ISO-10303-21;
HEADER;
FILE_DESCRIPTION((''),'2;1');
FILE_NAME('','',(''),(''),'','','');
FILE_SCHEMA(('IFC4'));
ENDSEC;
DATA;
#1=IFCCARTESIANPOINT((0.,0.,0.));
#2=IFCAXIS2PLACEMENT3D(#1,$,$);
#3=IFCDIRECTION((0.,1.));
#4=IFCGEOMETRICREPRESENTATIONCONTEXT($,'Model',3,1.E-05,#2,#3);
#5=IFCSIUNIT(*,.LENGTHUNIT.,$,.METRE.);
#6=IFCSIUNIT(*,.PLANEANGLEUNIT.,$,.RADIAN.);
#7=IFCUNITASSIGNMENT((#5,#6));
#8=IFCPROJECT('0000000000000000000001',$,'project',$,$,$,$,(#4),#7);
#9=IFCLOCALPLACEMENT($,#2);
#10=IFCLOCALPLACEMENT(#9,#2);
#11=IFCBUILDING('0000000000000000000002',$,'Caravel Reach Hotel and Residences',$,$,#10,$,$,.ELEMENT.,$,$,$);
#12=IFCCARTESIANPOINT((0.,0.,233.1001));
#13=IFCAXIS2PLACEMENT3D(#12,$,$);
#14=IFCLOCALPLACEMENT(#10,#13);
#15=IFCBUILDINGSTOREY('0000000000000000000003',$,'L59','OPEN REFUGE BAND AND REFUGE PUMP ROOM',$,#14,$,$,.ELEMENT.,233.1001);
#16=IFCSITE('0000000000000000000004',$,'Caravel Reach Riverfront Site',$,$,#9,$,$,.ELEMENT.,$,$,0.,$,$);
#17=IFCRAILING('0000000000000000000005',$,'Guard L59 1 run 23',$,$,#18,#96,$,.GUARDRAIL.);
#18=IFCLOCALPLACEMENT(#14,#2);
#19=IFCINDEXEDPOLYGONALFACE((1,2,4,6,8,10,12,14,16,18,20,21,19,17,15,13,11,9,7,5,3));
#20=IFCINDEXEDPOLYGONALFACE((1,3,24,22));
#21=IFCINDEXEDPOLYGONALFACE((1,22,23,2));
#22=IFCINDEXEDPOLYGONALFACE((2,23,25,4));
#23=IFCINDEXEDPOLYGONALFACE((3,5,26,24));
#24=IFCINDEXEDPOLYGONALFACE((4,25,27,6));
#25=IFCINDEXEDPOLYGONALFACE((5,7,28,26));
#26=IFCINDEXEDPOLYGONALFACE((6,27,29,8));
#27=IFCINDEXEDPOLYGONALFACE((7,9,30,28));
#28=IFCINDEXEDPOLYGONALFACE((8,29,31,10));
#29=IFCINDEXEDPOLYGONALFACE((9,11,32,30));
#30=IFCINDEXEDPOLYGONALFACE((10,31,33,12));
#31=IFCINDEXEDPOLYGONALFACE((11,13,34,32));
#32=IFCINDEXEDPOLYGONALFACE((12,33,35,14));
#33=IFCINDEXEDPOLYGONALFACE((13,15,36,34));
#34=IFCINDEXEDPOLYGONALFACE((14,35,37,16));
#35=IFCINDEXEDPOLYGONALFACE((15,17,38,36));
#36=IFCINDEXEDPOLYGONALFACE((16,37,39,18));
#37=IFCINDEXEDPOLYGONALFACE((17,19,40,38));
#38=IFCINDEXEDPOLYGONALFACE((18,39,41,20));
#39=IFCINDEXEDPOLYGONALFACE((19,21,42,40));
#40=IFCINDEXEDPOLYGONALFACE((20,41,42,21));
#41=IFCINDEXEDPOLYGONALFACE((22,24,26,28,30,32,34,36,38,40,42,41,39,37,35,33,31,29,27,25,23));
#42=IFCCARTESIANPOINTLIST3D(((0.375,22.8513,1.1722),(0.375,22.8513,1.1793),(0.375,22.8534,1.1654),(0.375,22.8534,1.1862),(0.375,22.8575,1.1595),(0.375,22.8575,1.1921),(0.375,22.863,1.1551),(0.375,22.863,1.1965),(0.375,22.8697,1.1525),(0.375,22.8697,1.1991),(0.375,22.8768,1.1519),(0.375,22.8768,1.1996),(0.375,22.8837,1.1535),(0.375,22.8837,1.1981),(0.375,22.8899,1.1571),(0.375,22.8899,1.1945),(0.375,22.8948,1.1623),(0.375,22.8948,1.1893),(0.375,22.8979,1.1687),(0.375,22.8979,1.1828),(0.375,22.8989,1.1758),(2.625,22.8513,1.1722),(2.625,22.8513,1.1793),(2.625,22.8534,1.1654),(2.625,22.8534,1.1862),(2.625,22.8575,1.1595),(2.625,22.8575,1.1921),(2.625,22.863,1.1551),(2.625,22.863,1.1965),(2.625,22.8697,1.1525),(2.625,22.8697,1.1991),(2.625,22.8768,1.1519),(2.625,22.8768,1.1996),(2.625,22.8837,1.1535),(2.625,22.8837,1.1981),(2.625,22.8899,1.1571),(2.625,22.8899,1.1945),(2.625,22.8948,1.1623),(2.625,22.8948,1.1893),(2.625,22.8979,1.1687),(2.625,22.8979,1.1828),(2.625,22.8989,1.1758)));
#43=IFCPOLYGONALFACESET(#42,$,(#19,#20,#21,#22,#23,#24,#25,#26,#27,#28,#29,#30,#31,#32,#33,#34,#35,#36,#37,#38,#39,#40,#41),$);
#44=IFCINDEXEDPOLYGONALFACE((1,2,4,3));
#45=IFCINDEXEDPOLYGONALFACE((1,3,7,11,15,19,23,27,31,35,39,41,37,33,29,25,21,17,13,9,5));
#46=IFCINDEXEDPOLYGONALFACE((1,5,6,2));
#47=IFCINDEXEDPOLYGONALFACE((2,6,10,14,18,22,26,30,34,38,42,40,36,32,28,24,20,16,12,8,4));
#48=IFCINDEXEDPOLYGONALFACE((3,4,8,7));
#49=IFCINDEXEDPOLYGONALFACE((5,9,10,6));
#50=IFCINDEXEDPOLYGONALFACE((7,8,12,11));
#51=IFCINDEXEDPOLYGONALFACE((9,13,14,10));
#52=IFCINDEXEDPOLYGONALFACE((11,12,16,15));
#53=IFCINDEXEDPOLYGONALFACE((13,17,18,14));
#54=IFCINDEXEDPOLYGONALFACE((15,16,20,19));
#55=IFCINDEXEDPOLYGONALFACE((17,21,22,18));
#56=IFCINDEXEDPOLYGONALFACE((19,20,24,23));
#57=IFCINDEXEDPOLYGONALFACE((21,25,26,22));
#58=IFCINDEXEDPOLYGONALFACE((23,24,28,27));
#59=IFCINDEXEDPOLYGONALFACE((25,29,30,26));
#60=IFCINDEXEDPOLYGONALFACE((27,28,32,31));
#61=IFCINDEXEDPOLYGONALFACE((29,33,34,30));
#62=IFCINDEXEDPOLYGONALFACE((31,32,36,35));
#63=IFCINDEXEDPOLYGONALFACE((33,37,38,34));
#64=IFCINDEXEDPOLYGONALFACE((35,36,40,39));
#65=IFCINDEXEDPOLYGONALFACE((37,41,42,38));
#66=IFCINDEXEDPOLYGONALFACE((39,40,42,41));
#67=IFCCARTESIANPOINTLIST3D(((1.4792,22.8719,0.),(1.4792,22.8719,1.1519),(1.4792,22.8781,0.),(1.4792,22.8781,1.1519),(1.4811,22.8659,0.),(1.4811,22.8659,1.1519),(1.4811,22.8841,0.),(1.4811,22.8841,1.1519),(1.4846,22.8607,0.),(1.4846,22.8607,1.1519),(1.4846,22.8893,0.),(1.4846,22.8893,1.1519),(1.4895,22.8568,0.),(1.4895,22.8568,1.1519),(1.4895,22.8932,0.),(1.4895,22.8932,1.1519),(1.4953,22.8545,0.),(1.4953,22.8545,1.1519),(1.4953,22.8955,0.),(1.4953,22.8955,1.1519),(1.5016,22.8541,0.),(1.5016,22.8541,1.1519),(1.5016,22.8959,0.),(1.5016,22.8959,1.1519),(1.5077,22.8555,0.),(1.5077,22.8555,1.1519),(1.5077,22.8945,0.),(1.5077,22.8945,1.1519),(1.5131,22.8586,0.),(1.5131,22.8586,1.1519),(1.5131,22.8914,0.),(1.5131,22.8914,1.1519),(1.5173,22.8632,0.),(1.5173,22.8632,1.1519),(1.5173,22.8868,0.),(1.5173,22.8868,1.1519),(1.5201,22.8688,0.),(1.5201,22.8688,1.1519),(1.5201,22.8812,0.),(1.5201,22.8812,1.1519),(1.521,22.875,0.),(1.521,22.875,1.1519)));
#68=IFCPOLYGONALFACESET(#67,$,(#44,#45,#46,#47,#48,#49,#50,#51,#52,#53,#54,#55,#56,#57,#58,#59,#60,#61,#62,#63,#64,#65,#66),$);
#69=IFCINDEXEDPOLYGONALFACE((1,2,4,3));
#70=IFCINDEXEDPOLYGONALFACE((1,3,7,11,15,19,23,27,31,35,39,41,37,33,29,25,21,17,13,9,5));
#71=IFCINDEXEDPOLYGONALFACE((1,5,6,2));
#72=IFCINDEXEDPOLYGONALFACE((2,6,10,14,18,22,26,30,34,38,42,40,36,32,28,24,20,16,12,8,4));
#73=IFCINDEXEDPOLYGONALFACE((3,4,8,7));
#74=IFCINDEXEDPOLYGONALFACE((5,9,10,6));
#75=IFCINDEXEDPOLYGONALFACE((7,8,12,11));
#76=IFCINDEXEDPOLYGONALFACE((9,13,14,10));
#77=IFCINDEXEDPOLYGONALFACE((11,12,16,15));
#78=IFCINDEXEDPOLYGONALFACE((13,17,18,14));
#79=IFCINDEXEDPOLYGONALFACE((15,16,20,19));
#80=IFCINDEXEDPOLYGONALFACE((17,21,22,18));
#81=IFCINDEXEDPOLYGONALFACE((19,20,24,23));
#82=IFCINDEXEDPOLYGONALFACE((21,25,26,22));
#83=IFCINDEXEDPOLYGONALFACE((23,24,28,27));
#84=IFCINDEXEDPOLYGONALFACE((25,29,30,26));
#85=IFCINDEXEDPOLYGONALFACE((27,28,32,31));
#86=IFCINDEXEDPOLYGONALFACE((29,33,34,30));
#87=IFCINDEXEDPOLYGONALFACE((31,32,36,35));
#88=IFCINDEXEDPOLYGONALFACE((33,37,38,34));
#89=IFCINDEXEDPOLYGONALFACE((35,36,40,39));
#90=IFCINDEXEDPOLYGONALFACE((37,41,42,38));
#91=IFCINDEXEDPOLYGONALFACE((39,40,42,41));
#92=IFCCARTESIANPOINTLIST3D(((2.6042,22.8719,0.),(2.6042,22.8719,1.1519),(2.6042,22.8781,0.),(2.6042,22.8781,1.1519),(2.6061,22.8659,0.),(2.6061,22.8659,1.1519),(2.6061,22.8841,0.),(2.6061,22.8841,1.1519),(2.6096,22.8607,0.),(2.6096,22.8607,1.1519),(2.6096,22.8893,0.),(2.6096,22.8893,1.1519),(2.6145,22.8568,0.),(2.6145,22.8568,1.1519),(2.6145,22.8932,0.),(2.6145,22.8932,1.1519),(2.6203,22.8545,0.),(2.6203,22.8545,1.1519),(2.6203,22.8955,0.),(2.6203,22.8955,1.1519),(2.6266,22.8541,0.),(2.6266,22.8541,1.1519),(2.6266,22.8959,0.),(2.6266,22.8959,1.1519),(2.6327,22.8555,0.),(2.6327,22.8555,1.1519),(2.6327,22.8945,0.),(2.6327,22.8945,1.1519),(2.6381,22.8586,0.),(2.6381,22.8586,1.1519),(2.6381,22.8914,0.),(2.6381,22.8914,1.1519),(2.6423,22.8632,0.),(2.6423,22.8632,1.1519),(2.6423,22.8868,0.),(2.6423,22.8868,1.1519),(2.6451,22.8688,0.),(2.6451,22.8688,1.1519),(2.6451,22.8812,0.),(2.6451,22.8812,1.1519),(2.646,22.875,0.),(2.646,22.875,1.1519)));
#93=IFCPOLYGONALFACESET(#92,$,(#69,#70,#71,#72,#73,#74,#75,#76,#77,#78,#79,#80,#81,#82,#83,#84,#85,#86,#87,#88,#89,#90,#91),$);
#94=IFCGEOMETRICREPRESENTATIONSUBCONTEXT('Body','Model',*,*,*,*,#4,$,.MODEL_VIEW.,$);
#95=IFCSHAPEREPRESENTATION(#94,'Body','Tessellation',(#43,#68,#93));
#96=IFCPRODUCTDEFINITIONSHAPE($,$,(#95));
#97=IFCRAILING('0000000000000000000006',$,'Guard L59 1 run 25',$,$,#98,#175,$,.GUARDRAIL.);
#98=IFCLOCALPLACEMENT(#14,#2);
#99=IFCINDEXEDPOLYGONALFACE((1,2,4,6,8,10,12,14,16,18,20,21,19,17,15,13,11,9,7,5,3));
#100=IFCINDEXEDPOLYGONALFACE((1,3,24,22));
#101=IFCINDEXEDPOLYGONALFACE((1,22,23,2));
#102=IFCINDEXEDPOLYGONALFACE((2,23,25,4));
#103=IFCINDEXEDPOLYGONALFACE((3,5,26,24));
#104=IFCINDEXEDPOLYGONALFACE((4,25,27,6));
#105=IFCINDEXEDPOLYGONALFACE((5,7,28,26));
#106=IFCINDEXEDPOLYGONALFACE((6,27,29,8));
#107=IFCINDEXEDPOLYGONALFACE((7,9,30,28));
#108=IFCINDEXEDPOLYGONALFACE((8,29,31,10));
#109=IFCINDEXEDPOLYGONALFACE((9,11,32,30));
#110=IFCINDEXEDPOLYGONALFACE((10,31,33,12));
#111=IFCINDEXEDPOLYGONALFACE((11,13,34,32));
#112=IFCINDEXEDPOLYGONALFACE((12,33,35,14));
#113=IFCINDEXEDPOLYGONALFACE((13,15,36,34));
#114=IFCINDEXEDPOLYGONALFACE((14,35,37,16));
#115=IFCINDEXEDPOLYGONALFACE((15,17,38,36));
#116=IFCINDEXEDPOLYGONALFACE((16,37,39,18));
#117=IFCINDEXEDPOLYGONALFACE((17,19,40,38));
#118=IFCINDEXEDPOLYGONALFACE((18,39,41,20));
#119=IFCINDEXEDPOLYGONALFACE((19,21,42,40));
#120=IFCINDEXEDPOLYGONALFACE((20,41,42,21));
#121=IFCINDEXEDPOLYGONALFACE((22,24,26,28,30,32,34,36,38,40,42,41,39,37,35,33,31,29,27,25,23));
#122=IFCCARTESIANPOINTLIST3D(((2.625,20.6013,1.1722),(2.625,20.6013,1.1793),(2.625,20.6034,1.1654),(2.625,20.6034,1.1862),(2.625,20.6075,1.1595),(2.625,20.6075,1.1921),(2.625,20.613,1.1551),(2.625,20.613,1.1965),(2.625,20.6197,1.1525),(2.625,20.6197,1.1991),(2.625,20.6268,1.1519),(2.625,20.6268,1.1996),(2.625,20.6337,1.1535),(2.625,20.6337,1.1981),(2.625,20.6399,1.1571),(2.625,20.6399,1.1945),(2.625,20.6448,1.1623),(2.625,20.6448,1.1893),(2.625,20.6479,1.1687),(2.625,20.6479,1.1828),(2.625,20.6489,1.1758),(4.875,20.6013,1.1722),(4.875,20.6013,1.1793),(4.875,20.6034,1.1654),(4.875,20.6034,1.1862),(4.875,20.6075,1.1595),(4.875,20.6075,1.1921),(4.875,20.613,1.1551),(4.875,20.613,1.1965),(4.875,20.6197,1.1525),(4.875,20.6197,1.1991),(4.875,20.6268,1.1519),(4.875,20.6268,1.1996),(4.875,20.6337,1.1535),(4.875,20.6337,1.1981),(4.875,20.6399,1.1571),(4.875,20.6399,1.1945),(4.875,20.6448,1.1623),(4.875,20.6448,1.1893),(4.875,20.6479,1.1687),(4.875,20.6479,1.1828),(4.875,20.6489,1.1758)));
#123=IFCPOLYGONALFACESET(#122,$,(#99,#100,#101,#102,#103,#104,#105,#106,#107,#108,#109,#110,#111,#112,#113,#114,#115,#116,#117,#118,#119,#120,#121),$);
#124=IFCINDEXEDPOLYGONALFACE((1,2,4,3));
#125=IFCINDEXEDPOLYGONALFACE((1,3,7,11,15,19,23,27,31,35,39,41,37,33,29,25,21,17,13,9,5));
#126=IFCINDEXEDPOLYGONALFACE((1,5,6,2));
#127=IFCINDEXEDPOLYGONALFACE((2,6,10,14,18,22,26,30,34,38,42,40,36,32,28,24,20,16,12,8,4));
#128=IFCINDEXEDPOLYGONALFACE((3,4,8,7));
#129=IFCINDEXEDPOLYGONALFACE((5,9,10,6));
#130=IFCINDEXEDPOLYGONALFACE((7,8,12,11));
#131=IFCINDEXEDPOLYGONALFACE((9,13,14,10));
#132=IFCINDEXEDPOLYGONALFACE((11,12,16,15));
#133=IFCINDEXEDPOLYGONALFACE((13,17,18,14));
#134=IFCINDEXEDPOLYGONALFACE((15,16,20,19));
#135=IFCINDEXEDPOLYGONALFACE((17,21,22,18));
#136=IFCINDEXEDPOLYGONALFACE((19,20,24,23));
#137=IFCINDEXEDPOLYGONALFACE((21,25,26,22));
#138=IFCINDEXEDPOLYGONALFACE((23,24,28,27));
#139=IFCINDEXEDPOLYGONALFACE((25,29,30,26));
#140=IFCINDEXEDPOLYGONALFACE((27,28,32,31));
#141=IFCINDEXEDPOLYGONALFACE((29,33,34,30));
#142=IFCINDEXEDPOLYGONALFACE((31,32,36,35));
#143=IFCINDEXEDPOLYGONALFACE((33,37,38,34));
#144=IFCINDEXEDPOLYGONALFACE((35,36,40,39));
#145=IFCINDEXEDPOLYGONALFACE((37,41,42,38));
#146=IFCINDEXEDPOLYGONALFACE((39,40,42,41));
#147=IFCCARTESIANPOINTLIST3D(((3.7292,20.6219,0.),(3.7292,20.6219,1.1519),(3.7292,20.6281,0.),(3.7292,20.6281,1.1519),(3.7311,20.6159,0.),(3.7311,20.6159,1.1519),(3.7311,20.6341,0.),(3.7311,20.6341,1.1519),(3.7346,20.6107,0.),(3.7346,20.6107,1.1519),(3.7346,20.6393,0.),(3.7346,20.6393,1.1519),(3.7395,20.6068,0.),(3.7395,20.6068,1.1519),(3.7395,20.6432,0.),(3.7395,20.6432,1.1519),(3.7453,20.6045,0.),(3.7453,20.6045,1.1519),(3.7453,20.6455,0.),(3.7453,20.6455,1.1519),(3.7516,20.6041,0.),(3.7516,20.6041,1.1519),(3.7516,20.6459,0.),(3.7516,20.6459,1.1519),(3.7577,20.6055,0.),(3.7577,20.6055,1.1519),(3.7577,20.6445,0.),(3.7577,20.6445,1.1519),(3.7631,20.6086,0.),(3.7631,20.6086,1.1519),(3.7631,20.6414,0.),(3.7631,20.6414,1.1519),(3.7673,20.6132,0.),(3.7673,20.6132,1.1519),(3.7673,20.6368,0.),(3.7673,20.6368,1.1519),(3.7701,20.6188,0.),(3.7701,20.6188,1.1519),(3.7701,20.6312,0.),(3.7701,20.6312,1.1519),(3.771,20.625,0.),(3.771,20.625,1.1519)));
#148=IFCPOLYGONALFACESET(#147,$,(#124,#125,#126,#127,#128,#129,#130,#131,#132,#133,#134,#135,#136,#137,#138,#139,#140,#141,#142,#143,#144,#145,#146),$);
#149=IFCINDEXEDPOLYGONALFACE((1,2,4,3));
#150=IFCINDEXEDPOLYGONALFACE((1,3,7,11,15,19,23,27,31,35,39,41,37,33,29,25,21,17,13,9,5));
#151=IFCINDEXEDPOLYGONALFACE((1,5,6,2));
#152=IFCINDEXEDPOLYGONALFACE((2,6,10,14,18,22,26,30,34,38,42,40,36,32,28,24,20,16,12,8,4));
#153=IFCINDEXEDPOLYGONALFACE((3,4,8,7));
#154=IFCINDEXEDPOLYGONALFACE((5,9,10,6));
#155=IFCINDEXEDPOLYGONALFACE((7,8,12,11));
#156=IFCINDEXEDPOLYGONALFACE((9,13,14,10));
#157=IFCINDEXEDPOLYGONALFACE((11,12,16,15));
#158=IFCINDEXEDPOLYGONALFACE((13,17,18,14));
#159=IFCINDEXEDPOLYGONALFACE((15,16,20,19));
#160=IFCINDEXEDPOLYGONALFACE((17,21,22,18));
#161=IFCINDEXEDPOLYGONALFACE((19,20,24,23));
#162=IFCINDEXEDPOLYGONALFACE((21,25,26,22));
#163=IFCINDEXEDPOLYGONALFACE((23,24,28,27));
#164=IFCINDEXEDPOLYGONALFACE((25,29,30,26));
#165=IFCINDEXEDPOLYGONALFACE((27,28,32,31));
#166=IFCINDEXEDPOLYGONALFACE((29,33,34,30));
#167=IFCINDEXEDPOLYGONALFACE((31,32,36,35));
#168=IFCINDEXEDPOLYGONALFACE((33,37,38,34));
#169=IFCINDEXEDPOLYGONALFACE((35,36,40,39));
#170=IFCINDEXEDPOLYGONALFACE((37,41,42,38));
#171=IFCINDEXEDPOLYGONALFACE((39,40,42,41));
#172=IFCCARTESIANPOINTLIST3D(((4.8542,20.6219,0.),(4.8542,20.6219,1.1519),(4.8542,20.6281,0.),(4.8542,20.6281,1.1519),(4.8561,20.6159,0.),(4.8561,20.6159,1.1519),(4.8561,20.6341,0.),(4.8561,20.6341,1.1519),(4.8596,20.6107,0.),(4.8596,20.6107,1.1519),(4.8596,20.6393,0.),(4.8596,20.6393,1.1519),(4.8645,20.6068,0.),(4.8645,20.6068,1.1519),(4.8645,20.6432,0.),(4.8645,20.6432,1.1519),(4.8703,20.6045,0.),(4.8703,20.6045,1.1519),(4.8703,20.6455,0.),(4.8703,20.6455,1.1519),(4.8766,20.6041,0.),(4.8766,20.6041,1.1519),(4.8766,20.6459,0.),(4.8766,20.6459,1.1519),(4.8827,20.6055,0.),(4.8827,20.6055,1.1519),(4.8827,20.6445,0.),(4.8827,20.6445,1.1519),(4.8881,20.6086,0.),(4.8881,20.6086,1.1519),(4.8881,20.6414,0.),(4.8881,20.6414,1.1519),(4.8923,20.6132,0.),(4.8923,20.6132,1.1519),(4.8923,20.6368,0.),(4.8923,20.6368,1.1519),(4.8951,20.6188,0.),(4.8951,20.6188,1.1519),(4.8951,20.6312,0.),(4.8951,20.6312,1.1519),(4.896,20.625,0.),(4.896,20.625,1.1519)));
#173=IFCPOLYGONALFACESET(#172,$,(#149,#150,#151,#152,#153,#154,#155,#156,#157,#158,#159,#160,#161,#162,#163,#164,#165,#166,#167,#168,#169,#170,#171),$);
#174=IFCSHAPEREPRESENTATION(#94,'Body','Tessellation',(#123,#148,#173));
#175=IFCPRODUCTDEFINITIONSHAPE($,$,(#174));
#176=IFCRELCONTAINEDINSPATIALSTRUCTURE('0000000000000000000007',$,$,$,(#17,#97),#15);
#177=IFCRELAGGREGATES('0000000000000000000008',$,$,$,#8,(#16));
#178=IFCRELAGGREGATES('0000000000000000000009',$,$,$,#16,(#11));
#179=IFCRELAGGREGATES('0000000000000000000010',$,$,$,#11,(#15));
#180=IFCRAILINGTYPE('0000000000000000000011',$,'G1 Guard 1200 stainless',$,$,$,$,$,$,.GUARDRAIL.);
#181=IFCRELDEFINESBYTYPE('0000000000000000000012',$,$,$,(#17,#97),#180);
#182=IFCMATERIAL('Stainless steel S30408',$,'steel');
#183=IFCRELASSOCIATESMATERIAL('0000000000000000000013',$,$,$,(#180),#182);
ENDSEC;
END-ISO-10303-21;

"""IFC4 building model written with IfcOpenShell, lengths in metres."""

from ifc_helpers import new_model, si_unit, direction, frame, origin, origin_2d, place, context, subcontext, project, spatial, circle, extrude, material, type_object, element, save


model = new_model("IFC4")

# Units and contexts
model_context = context("Model", 3, precision=1e-05, world=origin(), true_north=direction((0.0, 1.0)))
body_context = subcontext(model_context, "Body", "Model", "MODEL_VIEW")
ifc_project = project(units=[si_unit("LENGTHUNIT", "METRE"), si_unit("PLANEANGLEUNIT", "RADIAN")], contexts=[model_context])

# Site, building, storey
site_placement = place(None, origin())
site = spatial("IfcSite", under=ifc_project, at=site_placement, Name="Caravel Reach Riverfront Site", CompositionType="ELEMENT", RefElevation=0.0)
building_placement = place(site_placement, origin())
building = spatial("IfcBuilding", under=site, at=building_placement, Name="Caravel Reach Hotel and Residences", CompositionType="ELEMENT")
storey_placement = place(building_placement, frame((0.0, 0.0, 233.1001)))
storey = spatial("IfcBuildingStorey", under=building, at=storey_placement, Name="L59", Description="OPEN REFUGE BAND AND REFUGE PUMP ROOM", CompositionType="ELEMENT", Elevation=233.1001)

# Railings
ifc_material_1 = material(Name="Stainless steel S30408", Category="steel")
railing_type = type_object("IfcRailingType", Name="G1 Guard 1200 stainless", PredefinedType="GUARDRAIL", material=ifc_material_1)
for number, where, name in (
    (1, (0.375, 22.875, 0.0), "Guard L59 1 run 23"),
    (2, (2.625, 20.625, 0.0), "Guard L59 1 run 25"),
):
    element("IfcRailing", number, at=place(storey_placement, frame(where)), inside=storey, type_object=railing_type, Name=name, PredefinedType="GUARDRAIL", context=body_context, shape_type="SweptSolid", body=[
        extrude(circle(Radius=0.0239, at=origin_2d()), frame((0.0, 0.0, 1.1758), z_axis=(1.0, 0.0, 0.0), x_axis=(0.0, 1.0, 0.0)), (0.0, 0.0, 1.0), 2.25),
        extrude(circle(Radius=0.021, at=origin_2d()), frame((1.125, 0.0, 0.0)), (0.0, 0.0, 1.0), 1.1519),
        extrude(circle(Radius=0.021, at=origin_2d()), frame((2.25, 0.0, 0.0)), (0.0, 0.0, 1.0), 1.1519),
    ])

save(model, "model.ifc")
